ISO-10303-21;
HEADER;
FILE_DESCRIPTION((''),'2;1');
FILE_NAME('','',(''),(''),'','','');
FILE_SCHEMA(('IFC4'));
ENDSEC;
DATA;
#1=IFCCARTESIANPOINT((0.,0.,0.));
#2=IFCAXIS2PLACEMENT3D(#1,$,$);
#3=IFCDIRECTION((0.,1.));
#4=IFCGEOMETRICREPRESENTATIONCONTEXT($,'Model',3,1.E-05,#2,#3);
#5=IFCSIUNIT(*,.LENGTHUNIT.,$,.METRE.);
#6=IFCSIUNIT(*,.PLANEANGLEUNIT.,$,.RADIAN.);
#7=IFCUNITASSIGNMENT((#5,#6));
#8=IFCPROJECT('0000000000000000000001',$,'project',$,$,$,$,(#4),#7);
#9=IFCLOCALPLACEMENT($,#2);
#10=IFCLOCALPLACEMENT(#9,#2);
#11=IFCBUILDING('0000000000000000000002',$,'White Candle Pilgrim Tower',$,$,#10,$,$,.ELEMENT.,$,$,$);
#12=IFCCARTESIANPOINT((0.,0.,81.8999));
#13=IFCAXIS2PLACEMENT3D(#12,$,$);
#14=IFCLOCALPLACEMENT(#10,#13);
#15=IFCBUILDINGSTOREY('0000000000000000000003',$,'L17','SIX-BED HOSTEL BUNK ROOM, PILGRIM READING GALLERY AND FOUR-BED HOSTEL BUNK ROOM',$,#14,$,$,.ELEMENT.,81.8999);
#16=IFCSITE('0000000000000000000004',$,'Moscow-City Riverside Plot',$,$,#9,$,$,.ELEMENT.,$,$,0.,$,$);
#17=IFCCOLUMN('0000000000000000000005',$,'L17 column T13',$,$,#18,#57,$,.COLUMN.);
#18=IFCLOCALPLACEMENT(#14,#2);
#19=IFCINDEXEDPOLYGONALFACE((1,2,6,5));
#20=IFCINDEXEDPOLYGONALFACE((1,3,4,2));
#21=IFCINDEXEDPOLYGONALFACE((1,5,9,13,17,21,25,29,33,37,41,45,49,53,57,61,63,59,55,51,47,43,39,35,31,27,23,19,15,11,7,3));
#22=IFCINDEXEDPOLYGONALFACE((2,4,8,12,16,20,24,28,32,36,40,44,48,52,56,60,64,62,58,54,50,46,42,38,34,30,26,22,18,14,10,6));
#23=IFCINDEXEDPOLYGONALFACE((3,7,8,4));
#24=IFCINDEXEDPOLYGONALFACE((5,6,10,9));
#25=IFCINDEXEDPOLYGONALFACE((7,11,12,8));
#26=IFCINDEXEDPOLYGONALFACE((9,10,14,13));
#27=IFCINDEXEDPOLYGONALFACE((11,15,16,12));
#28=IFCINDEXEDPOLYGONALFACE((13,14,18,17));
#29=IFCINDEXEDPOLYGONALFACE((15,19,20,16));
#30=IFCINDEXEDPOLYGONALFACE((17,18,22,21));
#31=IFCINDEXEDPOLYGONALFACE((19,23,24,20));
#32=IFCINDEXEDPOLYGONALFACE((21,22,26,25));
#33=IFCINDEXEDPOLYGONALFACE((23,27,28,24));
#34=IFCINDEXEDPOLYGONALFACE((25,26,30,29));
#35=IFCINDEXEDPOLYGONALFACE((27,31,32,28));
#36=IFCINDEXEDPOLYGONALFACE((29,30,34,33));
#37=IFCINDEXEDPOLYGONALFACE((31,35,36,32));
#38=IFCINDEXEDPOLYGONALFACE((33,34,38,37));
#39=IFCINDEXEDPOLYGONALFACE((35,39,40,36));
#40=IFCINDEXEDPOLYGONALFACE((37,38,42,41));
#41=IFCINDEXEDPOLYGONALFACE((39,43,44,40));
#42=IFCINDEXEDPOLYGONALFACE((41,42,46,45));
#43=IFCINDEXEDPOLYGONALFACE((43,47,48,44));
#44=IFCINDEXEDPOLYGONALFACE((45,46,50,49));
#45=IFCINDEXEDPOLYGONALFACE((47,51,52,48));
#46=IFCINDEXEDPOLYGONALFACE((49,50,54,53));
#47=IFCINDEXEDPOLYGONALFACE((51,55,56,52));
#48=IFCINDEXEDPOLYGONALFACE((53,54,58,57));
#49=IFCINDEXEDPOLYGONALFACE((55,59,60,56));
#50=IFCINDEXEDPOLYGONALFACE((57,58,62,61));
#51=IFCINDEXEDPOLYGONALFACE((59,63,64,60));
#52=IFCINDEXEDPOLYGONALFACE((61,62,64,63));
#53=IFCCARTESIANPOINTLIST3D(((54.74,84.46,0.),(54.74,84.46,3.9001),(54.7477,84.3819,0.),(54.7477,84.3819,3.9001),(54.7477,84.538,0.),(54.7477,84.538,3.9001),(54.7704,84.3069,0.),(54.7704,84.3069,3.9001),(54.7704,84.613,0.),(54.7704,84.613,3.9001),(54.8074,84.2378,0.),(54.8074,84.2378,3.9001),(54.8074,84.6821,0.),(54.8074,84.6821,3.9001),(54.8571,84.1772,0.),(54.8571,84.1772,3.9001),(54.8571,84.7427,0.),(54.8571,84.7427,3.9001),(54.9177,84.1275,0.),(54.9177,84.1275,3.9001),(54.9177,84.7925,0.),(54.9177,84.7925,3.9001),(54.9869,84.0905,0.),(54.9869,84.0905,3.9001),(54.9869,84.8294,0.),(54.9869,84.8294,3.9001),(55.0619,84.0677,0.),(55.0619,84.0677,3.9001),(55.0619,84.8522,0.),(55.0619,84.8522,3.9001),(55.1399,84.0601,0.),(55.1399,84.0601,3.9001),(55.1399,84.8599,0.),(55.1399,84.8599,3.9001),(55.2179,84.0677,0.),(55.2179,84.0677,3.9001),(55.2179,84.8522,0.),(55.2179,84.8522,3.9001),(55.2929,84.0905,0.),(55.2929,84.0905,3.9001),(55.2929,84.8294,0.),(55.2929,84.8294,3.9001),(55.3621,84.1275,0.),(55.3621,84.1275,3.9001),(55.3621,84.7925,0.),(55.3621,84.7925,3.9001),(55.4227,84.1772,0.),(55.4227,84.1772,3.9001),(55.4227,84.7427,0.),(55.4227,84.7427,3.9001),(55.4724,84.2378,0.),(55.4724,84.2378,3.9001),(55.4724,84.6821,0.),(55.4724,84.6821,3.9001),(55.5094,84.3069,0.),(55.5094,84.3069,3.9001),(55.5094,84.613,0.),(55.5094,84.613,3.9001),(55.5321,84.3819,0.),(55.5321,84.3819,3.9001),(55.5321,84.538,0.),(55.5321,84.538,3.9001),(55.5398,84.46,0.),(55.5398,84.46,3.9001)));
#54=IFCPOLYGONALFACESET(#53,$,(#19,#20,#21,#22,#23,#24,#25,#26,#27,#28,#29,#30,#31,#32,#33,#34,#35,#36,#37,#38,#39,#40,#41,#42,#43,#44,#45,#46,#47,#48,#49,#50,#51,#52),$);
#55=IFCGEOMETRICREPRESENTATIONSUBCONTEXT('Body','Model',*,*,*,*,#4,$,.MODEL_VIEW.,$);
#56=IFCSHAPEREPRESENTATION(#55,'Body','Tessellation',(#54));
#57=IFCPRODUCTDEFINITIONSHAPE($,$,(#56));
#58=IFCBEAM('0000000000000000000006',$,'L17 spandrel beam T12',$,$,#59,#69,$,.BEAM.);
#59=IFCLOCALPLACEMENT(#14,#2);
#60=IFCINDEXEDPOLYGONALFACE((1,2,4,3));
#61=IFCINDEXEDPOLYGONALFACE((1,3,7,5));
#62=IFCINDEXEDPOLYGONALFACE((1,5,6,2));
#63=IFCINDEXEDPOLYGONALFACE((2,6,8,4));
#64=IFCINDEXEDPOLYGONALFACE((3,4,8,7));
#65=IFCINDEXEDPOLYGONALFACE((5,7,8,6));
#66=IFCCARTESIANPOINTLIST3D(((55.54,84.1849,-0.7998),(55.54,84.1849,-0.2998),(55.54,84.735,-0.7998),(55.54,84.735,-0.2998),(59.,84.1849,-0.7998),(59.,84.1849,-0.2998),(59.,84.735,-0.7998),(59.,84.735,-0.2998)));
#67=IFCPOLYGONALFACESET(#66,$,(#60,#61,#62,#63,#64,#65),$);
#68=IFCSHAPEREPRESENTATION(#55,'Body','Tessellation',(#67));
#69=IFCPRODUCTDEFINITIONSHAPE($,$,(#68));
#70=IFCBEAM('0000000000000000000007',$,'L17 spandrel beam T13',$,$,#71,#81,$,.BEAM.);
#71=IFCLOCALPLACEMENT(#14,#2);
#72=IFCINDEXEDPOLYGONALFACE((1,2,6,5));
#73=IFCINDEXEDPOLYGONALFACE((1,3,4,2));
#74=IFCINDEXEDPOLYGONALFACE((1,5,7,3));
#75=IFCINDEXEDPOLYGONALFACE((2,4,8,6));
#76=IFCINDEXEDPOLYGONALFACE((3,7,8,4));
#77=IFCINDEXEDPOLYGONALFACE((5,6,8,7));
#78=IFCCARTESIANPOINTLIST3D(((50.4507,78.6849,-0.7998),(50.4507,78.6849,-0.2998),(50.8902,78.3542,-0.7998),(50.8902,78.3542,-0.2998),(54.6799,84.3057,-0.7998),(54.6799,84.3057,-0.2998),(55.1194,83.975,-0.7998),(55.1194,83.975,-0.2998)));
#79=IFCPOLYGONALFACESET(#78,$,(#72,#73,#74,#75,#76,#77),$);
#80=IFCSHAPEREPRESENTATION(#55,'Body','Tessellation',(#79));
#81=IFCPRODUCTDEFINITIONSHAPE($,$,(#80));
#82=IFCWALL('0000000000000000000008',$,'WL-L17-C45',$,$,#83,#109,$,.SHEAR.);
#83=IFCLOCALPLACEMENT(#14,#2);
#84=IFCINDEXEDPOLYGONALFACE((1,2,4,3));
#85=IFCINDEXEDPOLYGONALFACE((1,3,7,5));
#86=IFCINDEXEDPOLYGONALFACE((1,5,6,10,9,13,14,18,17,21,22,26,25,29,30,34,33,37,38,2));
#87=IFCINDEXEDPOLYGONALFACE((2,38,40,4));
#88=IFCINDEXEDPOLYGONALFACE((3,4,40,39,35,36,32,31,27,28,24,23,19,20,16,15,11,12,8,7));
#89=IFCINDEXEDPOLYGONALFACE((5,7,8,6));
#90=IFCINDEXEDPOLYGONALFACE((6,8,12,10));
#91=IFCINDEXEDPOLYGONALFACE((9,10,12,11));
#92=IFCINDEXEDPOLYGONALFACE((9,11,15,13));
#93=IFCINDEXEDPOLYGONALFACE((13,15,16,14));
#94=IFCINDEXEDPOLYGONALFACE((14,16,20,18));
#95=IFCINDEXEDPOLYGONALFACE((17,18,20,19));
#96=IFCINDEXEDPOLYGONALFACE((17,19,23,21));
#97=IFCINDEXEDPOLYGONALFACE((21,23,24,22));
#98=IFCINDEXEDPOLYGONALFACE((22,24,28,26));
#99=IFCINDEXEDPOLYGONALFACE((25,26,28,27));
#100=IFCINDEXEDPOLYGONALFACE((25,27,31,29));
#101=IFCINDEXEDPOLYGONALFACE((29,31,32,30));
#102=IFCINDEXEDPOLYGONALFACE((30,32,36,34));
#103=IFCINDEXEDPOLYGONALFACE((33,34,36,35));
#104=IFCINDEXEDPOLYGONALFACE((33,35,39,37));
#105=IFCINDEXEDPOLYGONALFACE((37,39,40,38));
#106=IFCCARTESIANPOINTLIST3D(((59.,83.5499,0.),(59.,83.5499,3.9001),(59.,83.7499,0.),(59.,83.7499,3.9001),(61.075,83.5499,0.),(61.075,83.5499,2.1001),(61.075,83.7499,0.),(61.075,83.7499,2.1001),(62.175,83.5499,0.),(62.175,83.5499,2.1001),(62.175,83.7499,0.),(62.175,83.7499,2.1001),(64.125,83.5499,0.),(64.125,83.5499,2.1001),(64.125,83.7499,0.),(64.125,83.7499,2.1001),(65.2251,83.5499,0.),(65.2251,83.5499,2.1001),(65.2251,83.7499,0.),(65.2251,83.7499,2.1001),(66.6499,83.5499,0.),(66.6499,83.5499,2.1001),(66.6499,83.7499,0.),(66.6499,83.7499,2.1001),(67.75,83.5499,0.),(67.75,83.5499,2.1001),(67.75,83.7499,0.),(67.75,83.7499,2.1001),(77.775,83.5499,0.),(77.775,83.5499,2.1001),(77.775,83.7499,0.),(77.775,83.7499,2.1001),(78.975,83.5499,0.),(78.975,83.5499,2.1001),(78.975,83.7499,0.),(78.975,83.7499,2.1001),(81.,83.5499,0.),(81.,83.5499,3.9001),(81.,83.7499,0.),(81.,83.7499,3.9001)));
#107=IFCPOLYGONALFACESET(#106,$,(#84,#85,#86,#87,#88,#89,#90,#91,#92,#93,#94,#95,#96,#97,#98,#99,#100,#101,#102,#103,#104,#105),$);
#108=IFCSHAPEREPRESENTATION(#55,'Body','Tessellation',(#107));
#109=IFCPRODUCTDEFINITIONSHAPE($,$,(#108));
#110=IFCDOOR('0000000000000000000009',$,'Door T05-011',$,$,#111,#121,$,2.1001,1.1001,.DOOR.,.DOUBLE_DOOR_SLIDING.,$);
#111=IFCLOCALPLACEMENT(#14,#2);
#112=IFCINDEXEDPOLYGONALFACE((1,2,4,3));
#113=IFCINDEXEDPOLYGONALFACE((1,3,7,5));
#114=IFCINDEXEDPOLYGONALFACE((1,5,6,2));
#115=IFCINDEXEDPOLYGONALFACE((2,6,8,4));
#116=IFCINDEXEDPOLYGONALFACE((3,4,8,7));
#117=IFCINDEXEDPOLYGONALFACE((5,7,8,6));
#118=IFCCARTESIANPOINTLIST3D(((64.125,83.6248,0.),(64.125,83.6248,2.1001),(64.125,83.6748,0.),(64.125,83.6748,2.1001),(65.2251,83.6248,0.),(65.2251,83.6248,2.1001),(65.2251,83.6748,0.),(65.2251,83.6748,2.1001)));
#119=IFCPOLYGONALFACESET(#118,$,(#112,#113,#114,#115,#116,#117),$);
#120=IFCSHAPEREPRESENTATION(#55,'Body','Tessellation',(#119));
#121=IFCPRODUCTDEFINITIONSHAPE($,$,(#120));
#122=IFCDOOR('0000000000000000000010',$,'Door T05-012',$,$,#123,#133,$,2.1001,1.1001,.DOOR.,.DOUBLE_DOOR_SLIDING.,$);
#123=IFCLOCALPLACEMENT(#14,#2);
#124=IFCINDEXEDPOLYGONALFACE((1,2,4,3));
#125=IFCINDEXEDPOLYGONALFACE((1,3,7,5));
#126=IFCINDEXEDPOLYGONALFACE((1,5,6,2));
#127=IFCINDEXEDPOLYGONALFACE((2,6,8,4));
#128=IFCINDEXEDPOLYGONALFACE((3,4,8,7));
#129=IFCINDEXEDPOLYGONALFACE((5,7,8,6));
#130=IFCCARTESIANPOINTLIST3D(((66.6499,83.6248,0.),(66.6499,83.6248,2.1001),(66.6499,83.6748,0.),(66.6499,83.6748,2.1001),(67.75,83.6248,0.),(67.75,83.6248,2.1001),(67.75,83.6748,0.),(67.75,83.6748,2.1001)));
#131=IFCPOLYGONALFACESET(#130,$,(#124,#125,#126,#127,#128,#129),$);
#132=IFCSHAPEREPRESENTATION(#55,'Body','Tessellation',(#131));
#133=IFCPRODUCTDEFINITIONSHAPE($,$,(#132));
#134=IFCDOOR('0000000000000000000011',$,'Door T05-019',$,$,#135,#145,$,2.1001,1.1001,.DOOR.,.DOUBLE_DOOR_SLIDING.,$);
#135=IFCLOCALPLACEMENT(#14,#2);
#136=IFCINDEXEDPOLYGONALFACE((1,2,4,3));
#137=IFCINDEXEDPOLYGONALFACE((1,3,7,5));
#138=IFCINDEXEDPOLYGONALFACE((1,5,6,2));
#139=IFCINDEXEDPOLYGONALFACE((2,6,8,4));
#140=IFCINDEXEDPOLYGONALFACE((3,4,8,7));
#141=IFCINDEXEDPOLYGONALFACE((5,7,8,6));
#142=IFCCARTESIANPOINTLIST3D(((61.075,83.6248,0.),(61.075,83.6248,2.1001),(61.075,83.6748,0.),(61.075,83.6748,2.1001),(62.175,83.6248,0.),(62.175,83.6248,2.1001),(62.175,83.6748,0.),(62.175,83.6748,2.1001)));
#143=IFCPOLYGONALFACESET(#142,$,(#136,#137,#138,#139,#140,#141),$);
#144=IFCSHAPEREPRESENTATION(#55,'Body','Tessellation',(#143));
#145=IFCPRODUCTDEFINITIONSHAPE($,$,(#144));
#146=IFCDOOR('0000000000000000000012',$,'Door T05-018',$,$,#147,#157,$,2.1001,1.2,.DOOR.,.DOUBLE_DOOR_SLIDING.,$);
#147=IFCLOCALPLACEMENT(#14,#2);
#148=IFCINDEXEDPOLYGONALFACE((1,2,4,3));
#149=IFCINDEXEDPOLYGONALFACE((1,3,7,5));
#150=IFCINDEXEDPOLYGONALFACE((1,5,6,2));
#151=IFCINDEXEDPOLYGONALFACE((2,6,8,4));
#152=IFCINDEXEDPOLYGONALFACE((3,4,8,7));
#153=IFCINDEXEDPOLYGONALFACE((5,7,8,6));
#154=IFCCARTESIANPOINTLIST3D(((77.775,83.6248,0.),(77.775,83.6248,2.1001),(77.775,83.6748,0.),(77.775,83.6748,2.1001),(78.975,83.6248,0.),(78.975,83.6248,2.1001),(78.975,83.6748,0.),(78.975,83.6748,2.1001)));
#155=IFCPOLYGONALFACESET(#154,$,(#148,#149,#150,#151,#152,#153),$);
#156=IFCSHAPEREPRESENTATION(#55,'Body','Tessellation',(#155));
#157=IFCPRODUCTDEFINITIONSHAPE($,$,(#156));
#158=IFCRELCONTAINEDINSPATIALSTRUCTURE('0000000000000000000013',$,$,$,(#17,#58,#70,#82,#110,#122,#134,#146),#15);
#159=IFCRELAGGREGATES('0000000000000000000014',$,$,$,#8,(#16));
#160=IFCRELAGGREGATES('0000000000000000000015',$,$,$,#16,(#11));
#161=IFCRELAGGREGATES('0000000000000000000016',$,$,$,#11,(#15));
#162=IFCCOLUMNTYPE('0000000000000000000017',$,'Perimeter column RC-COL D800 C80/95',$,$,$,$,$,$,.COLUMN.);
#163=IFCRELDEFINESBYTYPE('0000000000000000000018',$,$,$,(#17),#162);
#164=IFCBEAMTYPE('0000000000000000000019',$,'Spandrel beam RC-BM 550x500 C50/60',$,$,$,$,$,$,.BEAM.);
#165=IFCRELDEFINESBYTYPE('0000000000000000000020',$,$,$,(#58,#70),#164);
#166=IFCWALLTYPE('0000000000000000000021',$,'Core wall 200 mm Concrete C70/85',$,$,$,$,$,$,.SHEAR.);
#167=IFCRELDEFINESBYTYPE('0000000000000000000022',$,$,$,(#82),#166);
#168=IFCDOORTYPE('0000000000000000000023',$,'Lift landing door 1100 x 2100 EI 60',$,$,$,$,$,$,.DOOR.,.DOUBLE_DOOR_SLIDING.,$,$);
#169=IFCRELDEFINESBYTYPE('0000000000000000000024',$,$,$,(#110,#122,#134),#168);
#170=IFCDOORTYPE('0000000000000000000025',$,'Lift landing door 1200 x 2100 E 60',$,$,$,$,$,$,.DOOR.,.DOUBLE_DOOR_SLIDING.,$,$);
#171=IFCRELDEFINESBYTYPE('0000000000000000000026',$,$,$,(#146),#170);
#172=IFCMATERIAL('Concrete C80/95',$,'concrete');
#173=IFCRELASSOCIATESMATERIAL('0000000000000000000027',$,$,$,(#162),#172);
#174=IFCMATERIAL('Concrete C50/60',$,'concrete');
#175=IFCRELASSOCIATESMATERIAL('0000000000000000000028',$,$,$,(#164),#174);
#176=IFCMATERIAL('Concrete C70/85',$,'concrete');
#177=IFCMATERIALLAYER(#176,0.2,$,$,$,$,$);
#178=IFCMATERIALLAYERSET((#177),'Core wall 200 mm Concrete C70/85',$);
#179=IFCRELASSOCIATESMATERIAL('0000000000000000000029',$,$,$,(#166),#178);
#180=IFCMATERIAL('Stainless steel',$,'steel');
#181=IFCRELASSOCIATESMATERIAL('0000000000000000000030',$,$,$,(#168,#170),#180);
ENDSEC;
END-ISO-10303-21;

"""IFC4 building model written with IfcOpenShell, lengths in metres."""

from ifc_helpers import new_model, si_unit, direction, frame, frame_2d, origin, origin_2d, place, context, subcontext, project, spatial, rectangle, circle, extrude, material, layer, layer_set, material_profile, profile_set, type_object, element, fill, save


model = new_model("IFC4")

# Units and contexts
model_context = context("Model", 3, precision=1e-05, world=origin(), true_north=direction((0.0, 1.0)))
body_context = subcontext(model_context, "Body", "Model", "MODEL_VIEW")
ifc_project = project(units=[si_unit("LENGTHUNIT", "METRE"), si_unit("PLANEANGLEUNIT", "RADIAN")], contexts=[model_context])

# Site, building, storey
site_placement = place(None, origin())
site = spatial("IfcSite", under=ifc_project, at=site_placement, Name="Moscow-City Riverside Plot", CompositionType="ELEMENT", RefElevation=0.0)
building_placement = place(site_placement, origin())
building = spatial("IfcBuilding", under=site, at=building_placement, Name="White Candle Pilgrim Tower", CompositionType="ELEMENT")
storey_placement = place(building_placement, frame((0.0, 0.0, 81.8999)))
storey = spatial("IfcBuildingStorey", under=building, at=storey_placement, Name="L17", Description="SIX-BED HOSTEL BUNK ROOM, PILGRIM READING GALLERY AND FOUR-BED HOSTEL BUNK ROOM", CompositionType="ELEMENT", Elevation=81.8999)

# Column
ifc_material_1 = material(Name="Concrete C80/95", Category="concrete")
ifc_material_profile_1 = material_profile(ifc_material_1, circle(Radius=0.3999, at=origin_2d()), Name="RC-COL D800")
ifc_profile_set_1 = profile_set([ifc_material_profile_1], Name="Concrete C80/95")
column_type = type_object("IfcColumnType", Name="Perimeter column RC-COL D800 C80/95", PredefinedType="COLUMN", material=ifc_profile_set_1)
column_placement = place(storey_placement, frame((55.1399, 84.46, 0.0), z_axis=(0.0, 0.0, 1.0), x_axis=(1.0, 0.0, 0.0)))
element("IfcColumn", 1, at=column_placement, inside=storey, type_object=column_type, Name="L17 column T13", PredefinedType="COLUMN", context=body_context, shape_type="SweptSolid", body=[
    extrude(circle(Radius=0.3999, at=origin_2d()), origin(), (0.0, 0.0, 1.0), 3.9001),
])

# Beams
ifc_material_2 = material(Name="Concrete C50/60", Category="concrete")
ifc_material_profile_2 = material_profile(ifc_material_2, rectangle(XDim=0.55, YDim=0.5, at=origin_2d()), Name="RC-BM 550x500")
ifc_profile_set_2 = profile_set([ifc_material_profile_2], Name="Concrete C50/60")
beam_type = type_object("IfcBeamType", Name="Spandrel beam RC-BM 550x500 C50/60", PredefinedType="BEAM", material=ifc_profile_set_2)
beam_1_placement = place(storey_placement, frame((55.54, 84.46, -0.5498), z_axis=(1.0, 0.0, 0.0), x_axis=(0.0, 1.0, 0.0)))
element("IfcBeam", 2, at=beam_1_placement, inside=storey, type_object=beam_type, Name="L17 spandrel beam T12", PredefinedType="BEAM", context=body_context, shape_type="SweptSolid", body=[
    extrude(rectangle(XDim=0.55, YDim=0.5, at=origin_2d()), origin(), (0.0, 0.0, 1.0), 3.46),
])
beam_2_placement = place(storey_placement, frame((54.8997, 84.1404, -0.5498), z_axis=(-0.601238, -0.79907, 0.0), x_axis=(0.79907, -0.601238, 0.0)))
element("IfcBeam", 3, at=beam_2_placement, inside=storey, type_object=beam_type, Name="L17 spandrel beam T13", PredefinedType="BEAM", context=body_context, shape_type="SweptSolid", body=[
    extrude(rectangle(XDim=0.55, YDim=0.5, at=origin_2d()), origin(), (0.0, 0.0, 1.0), 7.0342),
])

# Wall, openings, doors
ifc_material_3 = material(Name="Concrete C70/85", Category="concrete")
ifc_layer_1 = layer(ifc_material_3, 0.2)
ifc_layer_set_1 = layer_set([ifc_layer_1], Name="Core wall 200 mm Concrete C70/85")
wall_type_1 = type_object("IfcWallType", Name="Core wall 200 mm Concrete C70/85", PredefinedType="SHEAR", material=ifc_layer_set_1)
wall_1_placement = place(storey_placement, frame((59.0, 83.6499, 0.0), z_axis=(0.0, 0.0, 1.0), x_axis=(1.0, 0.0, 0.0)))
wall_1 = element("IfcWall", 4, at=wall_1_placement, inside=storey, type_object=wall_type_1, Name="WL-L17-C45", PredefinedType="SHEAR", context=body_context, shape_type="SweptSolid", body=[
    extrude(rectangle(XDim=22.0, YDim=0.2, at=frame_2d((11.0, 0.0))), origin(), (0.0, 0.0, 1.0), 3.9001),
])
opening_1_placement = place(wall_1_placement, frame((5.125, 0.0, 0.0)))
opening_1 = element("IfcOpeningElement", 5, at=opening_1_placement, cuts=wall_1, PredefinedType="OPENING", context=body_context, shape_type="SweptSolid", body=[
    extrude(rectangle(XDim=1.1001, YDim=2.1001, at=frame_2d((0.55, 1.05))), frame((0.0, 0.1099, 0.0), z_axis=(0.0, -1.0, 0.0), x_axis=(1.0, 0.0, 0.0)), (0.0, 0.0, 1.0), 0.22),
])
opening_2_placement = place(wall_1_placement, frame((7.6499, 0.0, 0.0)))
opening_2 = element("IfcOpeningElement", 6, at=opening_2_placement, cuts=wall_1, PredefinedType="OPENING", context=body_context, shape_type="SweptSolid", body=[
    extrude(rectangle(XDim=1.1001, YDim=2.1001, at=frame_2d((0.55, 1.05))), frame((0.0, 0.1099, 0.0), z_axis=(0.0, -1.0, 0.0), x_axis=(1.0, 0.0, 0.0)), (0.0, 0.0, 1.0), 0.22),
])
opening_3_placement = place(wall_1_placement, frame((18.7749, 0.0, 0.0)))
opening_3 = element("IfcOpeningElement", 7, at=opening_3_placement, cuts=wall_1, PredefinedType="OPENING", context=body_context, shape_type="SweptSolid", body=[
    extrude(rectangle(XDim=1.2, YDim=2.1001, at=frame_2d((0.6001, 1.05))), frame((0.0, 0.1099, 0.0), z_axis=(0.0, -1.0, 0.0), x_axis=(1.0, 0.0, 0.0)), (0.0, 0.0, 1.0), 0.22),
])
opening_4_placement = place(wall_1_placement, frame((2.075, 0.0, 0.0)))
opening_4 = element("IfcOpeningElement", 8, at=opening_4_placement, cuts=wall_1, PredefinedType="OPENING", context=body_context, shape_type="SweptSolid", body=[
    extrude(rectangle(XDim=1.1001, YDim=2.1001, at=frame_2d((0.55, 1.05))), frame((0.0, 0.1099, 0.0), z_axis=(0.0, -1.0, 0.0), x_axis=(1.0, 0.0, 0.0)), (0.0, 0.0, 1.0), 0.22),
])
ifc_material_4 = material(Name="Stainless steel", Category="steel")
door_type_1 = type_object("IfcDoorType", Name="Lift landing door 1100 x 2100 EI 60", OperationType="DOUBLE_DOOR_SLIDING", PredefinedType="DOOR", material=ifc_material_4)
door_1_placement = place(opening_1_placement, origin())
door_1 = element("IfcDoor", 9, at=door_1_placement, inside=storey, type_object=door_type_1, Name="Door T05-011", OperationType="DOUBLE_DOOR_SLIDING", OverallHeight=2.1001, OverallWidth=1.1001, PredefinedType="DOOR", context=body_context, shape_type="SweptSolid", body=[
    extrude(rectangle(XDim=1.1001, YDim=2.1001, at=frame_2d((0.55, 1.05))), frame((0.0, 0.0249, 0.0), z_axis=(0.0, -1.0, 0.0), x_axis=(1.0, 0.0, 0.0)), (0.0, 0.0, 1.0), 0.05),
])
fill(opening_1, door_1)
door_2_placement = place(opening_2_placement, origin())
door_2 = element("IfcDoor", 10, at=door_2_placement, inside=storey, type_object=door_type_1, Name="Door T05-012", OperationType="DOUBLE_DOOR_SLIDING", OverallHeight=2.1001, OverallWidth=1.1001, PredefinedType="DOOR", context=body_context, shape_type="SweptSolid", body=[
    extrude(rectangle(XDim=1.1001, YDim=2.1001, at=frame_2d((0.55, 1.05))), frame((0.0, 0.0249, 0.0), z_axis=(0.0, -1.0, 0.0), x_axis=(1.0, 0.0, 0.0)), (0.0, 0.0, 1.0), 0.05),
])
fill(opening_2, door_2)
door_3_placement = place(opening_4_placement, origin())
door_3 = element("IfcDoor", 11, at=door_3_placement, inside=storey, type_object=door_type_1, Name="Door T05-019", OperationType="DOUBLE_DOOR_SLIDING", OverallHeight=2.1001, OverallWidth=1.1001, PredefinedType="DOOR", context=body_context, shape_type="SweptSolid", body=[
    extrude(rectangle(XDim=1.1001, YDim=2.1001, at=frame_2d((0.55, 1.05))), frame((0.0, 0.0249, 0.0), z_axis=(0.0, -1.0, 0.0), x_axis=(1.0, 0.0, 0.0)), (0.0, 0.0, 1.0), 0.05),
])
fill(opening_4, door_3)
door_type_2 = type_object("IfcDoorType", Name="Lift landing door 1200 x 2100 E 60", OperationType="DOUBLE_DOOR_SLIDING", PredefinedType="DOOR", material=ifc_material_4)
door_4_placement = place(opening_3_placement, origin())
door_4 = element("IfcDoor", 12, at=door_4_placement, inside=storey, type_object=door_type_2, Name="Door T05-018", OperationType="DOUBLE_DOOR_SLIDING", OverallHeight=2.1001, OverallWidth=1.2, PredefinedType="DOOR", context=body_context, shape_type="SweptSolid", body=[
    extrude(rectangle(XDim=1.2, YDim=2.1001, at=frame_2d((0.6001, 1.05))), frame((0.0, 0.0249, 0.0), z_axis=(0.0, -1.0, 0.0), x_axis=(1.0, 0.0, 0.0)), (0.0, 0.0, 1.0), 0.05),
])
fill(opening_3, door_4)

save(model, "model.ifc")
